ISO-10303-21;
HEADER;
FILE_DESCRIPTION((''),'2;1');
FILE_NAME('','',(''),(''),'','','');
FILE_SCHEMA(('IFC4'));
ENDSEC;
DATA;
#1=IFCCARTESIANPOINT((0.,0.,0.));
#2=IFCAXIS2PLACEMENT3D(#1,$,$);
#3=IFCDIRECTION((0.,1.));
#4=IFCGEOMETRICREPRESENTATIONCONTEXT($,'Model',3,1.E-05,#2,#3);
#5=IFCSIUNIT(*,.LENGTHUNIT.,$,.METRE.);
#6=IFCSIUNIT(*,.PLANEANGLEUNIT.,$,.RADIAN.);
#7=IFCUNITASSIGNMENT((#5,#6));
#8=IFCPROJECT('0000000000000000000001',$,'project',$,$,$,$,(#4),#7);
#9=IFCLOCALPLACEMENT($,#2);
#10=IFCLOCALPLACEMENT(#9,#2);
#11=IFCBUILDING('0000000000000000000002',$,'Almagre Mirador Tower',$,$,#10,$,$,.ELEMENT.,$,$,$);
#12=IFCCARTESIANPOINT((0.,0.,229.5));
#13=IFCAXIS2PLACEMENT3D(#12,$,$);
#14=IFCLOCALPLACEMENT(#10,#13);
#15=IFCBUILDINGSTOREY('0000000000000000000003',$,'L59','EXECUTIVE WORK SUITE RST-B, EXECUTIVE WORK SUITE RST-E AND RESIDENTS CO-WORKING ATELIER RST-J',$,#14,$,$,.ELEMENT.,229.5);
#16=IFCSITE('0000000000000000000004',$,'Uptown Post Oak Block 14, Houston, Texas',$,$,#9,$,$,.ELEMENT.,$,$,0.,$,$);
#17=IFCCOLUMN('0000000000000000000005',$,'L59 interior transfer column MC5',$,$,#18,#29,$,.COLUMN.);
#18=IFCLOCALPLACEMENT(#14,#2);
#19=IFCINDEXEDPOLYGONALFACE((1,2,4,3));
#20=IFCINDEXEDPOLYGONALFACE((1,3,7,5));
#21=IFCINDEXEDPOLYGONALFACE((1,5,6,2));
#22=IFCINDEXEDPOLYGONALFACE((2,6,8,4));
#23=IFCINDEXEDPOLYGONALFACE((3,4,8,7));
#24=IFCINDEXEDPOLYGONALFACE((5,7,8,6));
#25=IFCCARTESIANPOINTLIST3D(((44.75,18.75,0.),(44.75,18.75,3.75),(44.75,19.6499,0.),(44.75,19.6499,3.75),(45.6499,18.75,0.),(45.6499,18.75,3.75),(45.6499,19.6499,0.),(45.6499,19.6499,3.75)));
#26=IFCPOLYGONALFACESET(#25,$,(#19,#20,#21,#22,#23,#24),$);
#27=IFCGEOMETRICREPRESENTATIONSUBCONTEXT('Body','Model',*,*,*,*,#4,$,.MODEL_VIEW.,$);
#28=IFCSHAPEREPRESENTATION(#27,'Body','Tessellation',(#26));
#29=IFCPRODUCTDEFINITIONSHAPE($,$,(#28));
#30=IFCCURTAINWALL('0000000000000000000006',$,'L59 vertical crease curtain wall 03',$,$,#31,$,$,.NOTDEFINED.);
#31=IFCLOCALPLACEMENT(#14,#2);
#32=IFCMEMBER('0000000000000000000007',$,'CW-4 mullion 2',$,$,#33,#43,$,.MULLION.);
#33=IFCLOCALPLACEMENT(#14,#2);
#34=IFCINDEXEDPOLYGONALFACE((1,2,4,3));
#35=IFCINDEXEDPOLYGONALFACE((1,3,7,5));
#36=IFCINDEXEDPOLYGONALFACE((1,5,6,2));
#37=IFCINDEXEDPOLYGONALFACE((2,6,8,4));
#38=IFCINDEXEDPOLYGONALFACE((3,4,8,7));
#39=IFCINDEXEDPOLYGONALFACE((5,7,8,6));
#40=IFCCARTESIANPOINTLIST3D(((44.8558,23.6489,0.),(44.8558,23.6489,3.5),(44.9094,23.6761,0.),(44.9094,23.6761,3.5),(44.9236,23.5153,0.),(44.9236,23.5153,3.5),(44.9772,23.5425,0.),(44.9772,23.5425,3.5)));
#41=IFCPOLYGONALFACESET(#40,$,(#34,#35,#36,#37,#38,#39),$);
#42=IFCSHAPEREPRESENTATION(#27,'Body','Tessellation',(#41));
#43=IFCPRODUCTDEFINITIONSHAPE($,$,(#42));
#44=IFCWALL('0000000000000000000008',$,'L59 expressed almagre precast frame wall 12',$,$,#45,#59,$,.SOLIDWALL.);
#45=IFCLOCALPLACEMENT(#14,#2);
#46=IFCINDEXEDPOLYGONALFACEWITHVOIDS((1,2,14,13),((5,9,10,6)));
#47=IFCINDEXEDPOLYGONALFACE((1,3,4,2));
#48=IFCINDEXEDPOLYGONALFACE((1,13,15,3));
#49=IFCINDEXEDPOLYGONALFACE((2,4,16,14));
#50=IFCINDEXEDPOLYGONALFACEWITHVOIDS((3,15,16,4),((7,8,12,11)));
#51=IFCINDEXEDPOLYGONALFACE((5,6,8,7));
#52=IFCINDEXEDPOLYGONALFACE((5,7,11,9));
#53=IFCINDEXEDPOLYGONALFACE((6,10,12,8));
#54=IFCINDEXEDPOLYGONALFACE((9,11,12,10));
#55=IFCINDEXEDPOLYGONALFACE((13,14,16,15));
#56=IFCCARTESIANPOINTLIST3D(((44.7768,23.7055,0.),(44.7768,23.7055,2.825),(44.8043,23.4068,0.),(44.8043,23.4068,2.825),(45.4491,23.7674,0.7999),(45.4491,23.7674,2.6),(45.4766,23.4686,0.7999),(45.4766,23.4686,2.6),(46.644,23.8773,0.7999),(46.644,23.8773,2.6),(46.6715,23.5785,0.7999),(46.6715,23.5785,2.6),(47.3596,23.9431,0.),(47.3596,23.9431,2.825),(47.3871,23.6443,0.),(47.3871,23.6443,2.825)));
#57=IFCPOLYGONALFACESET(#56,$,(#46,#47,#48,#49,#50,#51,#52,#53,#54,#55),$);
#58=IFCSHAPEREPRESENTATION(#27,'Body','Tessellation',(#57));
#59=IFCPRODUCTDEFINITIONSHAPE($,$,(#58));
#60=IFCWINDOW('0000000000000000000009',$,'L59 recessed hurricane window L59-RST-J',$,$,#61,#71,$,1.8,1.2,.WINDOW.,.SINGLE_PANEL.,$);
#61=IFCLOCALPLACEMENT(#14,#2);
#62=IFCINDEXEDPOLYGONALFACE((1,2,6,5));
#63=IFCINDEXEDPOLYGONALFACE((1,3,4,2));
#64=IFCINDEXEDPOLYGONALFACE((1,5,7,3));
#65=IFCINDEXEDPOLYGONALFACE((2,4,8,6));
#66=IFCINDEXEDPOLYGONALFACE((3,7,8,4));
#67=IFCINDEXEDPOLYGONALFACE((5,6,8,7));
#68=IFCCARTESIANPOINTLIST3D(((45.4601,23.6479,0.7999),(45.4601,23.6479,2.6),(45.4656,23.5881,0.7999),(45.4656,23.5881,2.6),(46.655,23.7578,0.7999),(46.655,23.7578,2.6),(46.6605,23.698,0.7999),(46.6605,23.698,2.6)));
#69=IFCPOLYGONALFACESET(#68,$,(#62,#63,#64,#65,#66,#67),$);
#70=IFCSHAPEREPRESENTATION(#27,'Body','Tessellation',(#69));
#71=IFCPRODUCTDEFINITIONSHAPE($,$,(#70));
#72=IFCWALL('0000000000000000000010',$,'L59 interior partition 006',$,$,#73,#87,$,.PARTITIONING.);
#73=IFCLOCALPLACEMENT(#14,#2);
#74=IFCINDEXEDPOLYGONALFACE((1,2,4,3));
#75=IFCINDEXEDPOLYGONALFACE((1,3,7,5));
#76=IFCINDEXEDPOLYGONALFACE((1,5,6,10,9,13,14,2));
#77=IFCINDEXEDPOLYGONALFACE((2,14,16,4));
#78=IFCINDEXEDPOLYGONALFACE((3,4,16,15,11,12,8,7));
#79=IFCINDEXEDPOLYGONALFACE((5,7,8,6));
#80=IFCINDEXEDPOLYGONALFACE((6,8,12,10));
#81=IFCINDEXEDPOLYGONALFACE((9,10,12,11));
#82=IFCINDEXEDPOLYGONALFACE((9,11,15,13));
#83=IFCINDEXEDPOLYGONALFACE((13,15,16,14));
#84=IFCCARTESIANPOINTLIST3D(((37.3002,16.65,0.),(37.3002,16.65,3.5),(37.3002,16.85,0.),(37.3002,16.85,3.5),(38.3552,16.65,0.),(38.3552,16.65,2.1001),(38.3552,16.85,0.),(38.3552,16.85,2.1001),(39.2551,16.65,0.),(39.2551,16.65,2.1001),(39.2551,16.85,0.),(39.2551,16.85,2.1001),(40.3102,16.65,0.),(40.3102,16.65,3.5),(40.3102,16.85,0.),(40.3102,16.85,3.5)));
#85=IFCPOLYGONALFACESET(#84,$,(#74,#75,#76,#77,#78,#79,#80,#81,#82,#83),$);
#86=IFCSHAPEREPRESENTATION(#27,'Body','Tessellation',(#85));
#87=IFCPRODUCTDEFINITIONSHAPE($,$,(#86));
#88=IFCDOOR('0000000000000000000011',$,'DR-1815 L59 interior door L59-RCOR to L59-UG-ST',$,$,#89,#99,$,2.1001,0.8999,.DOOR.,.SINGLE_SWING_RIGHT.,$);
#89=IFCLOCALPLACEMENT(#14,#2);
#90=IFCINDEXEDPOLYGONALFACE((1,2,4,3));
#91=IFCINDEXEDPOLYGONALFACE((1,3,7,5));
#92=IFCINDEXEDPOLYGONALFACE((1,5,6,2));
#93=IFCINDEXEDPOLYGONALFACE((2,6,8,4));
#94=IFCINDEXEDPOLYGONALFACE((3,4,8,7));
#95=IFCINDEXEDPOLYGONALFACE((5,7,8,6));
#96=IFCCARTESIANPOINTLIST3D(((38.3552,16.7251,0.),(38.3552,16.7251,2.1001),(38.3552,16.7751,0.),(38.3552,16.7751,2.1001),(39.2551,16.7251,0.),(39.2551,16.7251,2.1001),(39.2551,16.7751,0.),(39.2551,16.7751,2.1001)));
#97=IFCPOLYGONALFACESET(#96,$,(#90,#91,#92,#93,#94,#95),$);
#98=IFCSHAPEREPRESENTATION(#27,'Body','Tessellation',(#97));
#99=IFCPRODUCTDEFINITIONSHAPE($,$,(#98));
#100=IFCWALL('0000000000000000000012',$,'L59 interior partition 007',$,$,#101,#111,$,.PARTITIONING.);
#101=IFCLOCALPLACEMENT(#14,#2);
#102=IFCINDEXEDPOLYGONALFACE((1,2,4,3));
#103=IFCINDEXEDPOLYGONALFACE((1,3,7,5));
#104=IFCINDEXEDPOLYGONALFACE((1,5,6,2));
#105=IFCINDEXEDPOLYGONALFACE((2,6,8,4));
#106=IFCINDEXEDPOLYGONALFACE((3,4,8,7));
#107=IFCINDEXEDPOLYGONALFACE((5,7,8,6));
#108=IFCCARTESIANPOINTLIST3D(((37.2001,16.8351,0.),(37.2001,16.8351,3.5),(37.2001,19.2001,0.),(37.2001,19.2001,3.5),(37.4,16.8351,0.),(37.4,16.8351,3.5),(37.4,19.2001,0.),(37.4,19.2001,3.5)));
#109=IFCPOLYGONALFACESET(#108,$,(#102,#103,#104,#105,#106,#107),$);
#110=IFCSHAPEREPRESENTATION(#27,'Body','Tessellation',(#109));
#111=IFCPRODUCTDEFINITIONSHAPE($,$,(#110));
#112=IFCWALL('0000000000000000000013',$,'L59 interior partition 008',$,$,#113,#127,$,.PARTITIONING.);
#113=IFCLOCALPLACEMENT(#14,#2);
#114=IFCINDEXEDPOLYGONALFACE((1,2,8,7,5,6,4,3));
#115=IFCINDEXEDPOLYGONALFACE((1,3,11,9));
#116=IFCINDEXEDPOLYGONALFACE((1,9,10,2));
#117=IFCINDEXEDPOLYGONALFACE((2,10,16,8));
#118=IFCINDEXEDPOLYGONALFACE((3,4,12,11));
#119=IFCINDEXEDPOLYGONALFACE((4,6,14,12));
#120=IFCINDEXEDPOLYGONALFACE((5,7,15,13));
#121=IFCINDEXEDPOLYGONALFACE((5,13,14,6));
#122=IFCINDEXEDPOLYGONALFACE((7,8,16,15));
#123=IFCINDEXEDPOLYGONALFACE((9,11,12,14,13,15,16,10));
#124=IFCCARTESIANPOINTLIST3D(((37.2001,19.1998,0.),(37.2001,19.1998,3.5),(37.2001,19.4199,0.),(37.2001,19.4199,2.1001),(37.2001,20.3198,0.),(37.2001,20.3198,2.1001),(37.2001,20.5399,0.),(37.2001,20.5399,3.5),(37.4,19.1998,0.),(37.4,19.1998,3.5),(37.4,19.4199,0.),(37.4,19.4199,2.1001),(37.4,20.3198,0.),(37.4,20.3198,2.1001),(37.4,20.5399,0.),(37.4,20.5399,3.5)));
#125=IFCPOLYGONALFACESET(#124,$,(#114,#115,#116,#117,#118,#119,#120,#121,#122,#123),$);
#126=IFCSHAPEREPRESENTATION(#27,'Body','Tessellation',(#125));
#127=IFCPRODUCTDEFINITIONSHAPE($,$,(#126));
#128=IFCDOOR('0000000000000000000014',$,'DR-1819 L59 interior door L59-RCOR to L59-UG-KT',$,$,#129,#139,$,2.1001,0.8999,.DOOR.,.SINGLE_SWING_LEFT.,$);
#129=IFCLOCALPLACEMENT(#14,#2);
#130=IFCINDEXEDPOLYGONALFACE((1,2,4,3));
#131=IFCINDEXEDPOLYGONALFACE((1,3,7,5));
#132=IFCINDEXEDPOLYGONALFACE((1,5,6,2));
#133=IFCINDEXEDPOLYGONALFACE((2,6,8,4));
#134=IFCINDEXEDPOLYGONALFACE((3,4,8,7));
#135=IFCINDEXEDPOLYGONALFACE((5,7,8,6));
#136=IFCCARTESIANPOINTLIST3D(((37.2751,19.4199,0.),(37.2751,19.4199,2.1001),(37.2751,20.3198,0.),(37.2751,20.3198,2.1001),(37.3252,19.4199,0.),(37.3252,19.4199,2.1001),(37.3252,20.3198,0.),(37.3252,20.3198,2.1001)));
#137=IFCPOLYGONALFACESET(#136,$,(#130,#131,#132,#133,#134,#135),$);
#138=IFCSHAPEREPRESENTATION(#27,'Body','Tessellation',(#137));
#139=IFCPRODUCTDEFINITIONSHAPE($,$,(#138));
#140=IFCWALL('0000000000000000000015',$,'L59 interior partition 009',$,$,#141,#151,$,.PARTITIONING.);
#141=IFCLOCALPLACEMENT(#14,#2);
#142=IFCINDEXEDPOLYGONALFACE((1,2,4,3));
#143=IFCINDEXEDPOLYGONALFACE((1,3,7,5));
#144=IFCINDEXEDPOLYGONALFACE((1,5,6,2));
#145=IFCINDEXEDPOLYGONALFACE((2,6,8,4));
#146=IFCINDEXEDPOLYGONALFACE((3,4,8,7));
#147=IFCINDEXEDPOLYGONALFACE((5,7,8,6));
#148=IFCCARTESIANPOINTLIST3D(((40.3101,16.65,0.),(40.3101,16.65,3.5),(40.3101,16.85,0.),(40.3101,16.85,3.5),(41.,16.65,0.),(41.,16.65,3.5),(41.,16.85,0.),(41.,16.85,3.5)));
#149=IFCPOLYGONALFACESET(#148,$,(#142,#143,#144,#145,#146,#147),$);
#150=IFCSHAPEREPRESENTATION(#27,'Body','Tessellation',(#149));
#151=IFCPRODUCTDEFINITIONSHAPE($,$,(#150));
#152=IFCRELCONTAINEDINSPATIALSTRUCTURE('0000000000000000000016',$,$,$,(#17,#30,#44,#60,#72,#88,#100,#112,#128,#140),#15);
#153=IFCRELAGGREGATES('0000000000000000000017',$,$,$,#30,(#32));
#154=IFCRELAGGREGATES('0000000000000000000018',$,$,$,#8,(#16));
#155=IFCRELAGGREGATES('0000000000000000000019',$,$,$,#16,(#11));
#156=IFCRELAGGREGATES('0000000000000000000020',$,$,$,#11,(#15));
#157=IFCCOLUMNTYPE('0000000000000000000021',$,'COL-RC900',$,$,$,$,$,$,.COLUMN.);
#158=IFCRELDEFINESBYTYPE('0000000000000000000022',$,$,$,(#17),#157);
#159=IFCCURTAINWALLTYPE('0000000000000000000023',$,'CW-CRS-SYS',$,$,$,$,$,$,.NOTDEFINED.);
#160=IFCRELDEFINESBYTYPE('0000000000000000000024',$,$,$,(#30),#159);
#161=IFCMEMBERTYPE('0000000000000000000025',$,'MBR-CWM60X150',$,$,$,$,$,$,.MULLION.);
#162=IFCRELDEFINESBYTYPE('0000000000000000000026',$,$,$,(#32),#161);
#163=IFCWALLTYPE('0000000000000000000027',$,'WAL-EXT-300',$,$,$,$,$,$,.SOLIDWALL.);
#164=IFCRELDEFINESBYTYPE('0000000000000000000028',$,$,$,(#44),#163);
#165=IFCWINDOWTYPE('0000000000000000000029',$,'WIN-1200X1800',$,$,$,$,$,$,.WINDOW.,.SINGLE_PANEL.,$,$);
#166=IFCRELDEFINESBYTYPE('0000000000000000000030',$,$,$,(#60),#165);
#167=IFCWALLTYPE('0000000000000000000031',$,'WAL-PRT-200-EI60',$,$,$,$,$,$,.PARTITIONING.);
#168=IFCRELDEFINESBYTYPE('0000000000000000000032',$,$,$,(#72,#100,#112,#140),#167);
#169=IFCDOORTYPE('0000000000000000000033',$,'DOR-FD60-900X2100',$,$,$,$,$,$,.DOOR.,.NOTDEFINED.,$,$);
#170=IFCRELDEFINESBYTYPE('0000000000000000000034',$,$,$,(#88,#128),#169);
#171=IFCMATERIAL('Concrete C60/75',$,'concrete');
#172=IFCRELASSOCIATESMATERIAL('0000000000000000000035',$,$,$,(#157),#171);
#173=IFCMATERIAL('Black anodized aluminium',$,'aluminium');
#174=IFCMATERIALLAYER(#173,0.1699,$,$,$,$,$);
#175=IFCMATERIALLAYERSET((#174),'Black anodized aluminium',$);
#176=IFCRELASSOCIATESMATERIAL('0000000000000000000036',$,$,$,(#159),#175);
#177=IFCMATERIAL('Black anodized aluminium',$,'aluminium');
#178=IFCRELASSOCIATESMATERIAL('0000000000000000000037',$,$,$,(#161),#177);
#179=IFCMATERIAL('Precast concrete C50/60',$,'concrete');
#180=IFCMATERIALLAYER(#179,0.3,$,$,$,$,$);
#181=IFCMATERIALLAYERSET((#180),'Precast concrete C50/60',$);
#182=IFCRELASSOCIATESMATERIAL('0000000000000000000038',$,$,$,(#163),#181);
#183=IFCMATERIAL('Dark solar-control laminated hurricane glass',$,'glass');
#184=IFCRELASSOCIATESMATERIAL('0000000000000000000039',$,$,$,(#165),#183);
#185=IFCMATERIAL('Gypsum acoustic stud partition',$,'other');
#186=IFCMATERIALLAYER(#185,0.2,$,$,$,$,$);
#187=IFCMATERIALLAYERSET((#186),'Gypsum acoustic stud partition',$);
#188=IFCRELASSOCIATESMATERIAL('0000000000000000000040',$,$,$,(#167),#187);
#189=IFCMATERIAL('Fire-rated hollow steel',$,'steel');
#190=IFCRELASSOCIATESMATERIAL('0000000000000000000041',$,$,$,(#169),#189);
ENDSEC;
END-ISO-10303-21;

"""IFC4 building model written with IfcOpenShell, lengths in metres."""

from ifc_helpers import new_model, si_unit, direction, frame, frame_2d, origin, origin_2d, place, context, subcontext, project, spatial, rectangle, extrude, material, layer, layer_set, material_profile, profile_set, type_object, element, fill, aggregate, save


model = new_model("IFC4")

# Units and contexts
model_context = context("Model", 3, precision=1e-05, world=origin(), true_north=direction((0.0, 1.0)))
body_context = subcontext(model_context, "Body", "Model", "MODEL_VIEW")
ifc_project = project(units=[si_unit("LENGTHUNIT", "METRE"), si_unit("PLANEANGLEUNIT", "RADIAN")], contexts=[model_context])

# Site, building, storey
site_placement = place(None, origin())
site = spatial("IfcSite", under=ifc_project, at=site_placement, Name="Uptown Post Oak Block 14, Houston, Texas", CompositionType="ELEMENT", RefElevation=0.0)
building_placement = place(site_placement, origin())
building = spatial("IfcBuilding", under=site, at=building_placement, Name="Almagre Mirador Tower", CompositionType="ELEMENT")
storey_placement = place(building_placement, frame((0.0, 0.0, 229.5)))
storey = spatial("IfcBuildingStorey", under=building, at=storey_placement, Name="L59", Description="EXECUTIVE WORK SUITE RST-B, EXECUTIVE WORK SUITE RST-E AND RESIDENTS CO-WORKING ATELIER RST-J", CompositionType="ELEMENT", Elevation=229.5)

# Column
ifc_material_1 = material(Name="Concrete C60/75", Category="concrete")
ifc_material_profile_1 = material_profile(ifc_material_1, rectangle(XDim=0.8999, YDim=0.8999, at=origin_2d()), Name="RC900X900")
ifc_profile_set_1 = profile_set([ifc_material_profile_1], Name="Concrete C60/75")
column_type = type_object("IfcColumnType", Name="COL-RC900", PredefinedType="COLUMN", material=ifc_profile_set_1)
column_placement = place(storey_placement, frame((45.2, 19.2, 0.0), z_axis=(0.0, 0.0, 1.0), x_axis=(1.0, 0.0, 0.0)))
element("IfcColumn", 1, at=column_placement, inside=storey, type_object=column_type, Name="L59 interior transfer column MC5", PredefinedType="COLUMN", context=body_context, shape_type="SweptSolid", body=[
    extrude(rectangle(XDim=0.8999, YDim=0.8999, at=origin_2d()), origin(), (0.0, 0.0, 1.0), 3.75),
])

# Curtain wall, member
ifc_material_2 = material(Name="Black anodized aluminium", Category="aluminium")
ifc_layer_1 = layer(ifc_material_2, 0.1699)
ifc_layer_set_1 = layer_set([ifc_layer_1], Name="Black anodized aluminium")
curtain_wall_type = type_object("IfcCurtainWallType", Name="CW-CRS-SYS", PredefinedType="NOTDEFINED", material=ifc_layer_set_1)
curtain_wall_placement = place(storey_placement, origin())
curtain_wall = element("IfcCurtainWall", 2, at=curtain_wall_placement, inside=storey, type_object=curtain_wall_type, Name="L59 vertical crease curtain wall 03", PredefinedType="NOTDEFINED")
ifc_material_3 = material(Name="Black anodized aluminium", Category="aluminium")
ifc_material_profile_2 = material_profile(ifc_material_3, rectangle(XDim=0.0601, YDim=0.1499, at=origin_2d()), Name="CWM60X150")
ifc_profile_set_2 = profile_set([ifc_material_profile_2], Name="Black anodized aluminium")
member_type = type_object("IfcMemberType", Name="MBR-CWM60X150", PredefinedType="MULLION", material=ifc_profile_set_2)
member_placement = place(storey_placement, frame((44.9165, 23.5957, 0.0), z_axis=(0.0, 0.0, 1.0), x_axis=(0.891732, 0.452564, 0.0)))
member = element("IfcMember", 3, at=member_placement, type_object=member_type, Name="CW-4 mullion 2", PredefinedType="MULLION", context=body_context, shape_type="SweptSolid", body=[
    extrude(rectangle(XDim=0.0601, YDim=0.1499, at=origin_2d()), origin(), (0.0, 0.0, 1.0), 3.5),
])
aggregate(curtain_wall, [member])

# Wall, opening, window
ifc_material_4 = material(Name="Precast concrete C50/60", Category="concrete")
ifc_layer_2 = layer(ifc_material_4, 0.3)
ifc_layer_set_2 = layer_set([ifc_layer_2], Name="Precast concrete C50/60")
wall_type_1 = type_object("IfcWallType", Name="WAL-EXT-300", PredefinedType="SOLIDWALL", material=ifc_layer_set_2)
wall_1_placement = place(storey_placement, frame((44.7905, 23.5562, 0.0), z_axis=(0.0, 0.0, 1.0), x_axis=(0.995797, 0.091588, 0.0)))
wall_1 = element("IfcWall", 4, at=wall_1_placement, inside=storey, type_object=wall_type_1, Name="L59 expressed almagre precast frame wall 12", PredefinedType="SOLIDWALL", context=body_context, shape_type="SweptSolid", body=[
    extrude(rectangle(XDim=2.5938, YDim=0.3, at=frame_2d((1.2969, 0.0))), origin(), (0.0, 0.0, 1.0), 2.825),
])
opening_1_placement = place(wall_1_placement, frame((0.675, 0.0, 0.8)))
opening_1 = element("IfcOpeningElement", 5, at=opening_1_placement, cuts=wall_1, PredefinedType="OPENING", context=body_context, shape_type="SweptSolid", body=[
    extrude(rectangle(XDim=1.2, YDim=1.8, at=frame_2d((0.6001, 0.8999))), frame((0.0, 0.1599, 0.0), z_axis=(0.0, -1.0, 0.0), x_axis=(1.0, 0.0, 0.0)), (0.0, 0.0, 1.0), 0.32),
])
ifc_material_5 = material(Name="Dark solar-control laminated hurricane glass", Category="glass")
window_type = type_object("IfcWindowType", Name="WIN-1200X1800", PartitioningType="SINGLE_PANEL", PredefinedType="WINDOW", material=ifc_material_5)
window_placement = place(opening_1_placement, origin())
window = element("IfcWindow", 6, at=window_placement, inside=storey, type_object=window_type, Name="L59 recessed hurricane window L59-RST-J", OverallHeight=1.8, OverallWidth=1.2, PartitioningType="SINGLE_PANEL", PredefinedType="WINDOW", context=body_context, shape_type="SweptSolid", body=[
    extrude(rectangle(XDim=1.2, YDim=1.8, at=frame_2d((0.6001, 0.8999))), frame((0.0, 0.03, 0.0), z_axis=(0.0, -1.0, 0.0), x_axis=(1.0, 0.0, 0.0)), (0.0, 0.0, 1.0), 0.0601),
])
fill(opening_1, window)

# Wall, opening, door
ifc_material_6 = material(Name="Gypsum acoustic stud partition", Category="other")
ifc_layer_3 = layer(ifc_material_6, 0.2)
ifc_layer_set_3 = layer_set([ifc_layer_3], Name="Gypsum acoustic stud partition")
wall_type_2 = type_object("IfcWallType", Name="WAL-PRT-200-EI60", PredefinedType="PARTITIONING", material=ifc_layer_set_3)
wall_2_placement = place(storey_placement, frame((40.3101, 16.75, 0.0), z_axis=(0.0, 0.0, 1.0), x_axis=(-1.0, 0.0, 0.0)))
wall_2 = element("IfcWall", 7, at=wall_2_placement, inside=storey, type_object=wall_type_2, Name="L59 interior partition 006", PredefinedType="PARTITIONING", context=body_context, shape_type="SweptSolid", body=[
    extrude(rectangle(XDim=3.01, YDim=0.2, at=frame_2d((1.5049, 0.0))), origin(), (0.0, 0.0, 1.0), 3.5),
])
opening_2_placement = place(wall_2_placement, frame((1.0549, 0.0, 0.0)))
opening_2 = element("IfcOpeningElement", 8, at=opening_2_placement, cuts=wall_2, PredefinedType="OPENING", context=body_context, shape_type="SweptSolid", body=[
    extrude(rectangle(XDim=0.8999, YDim=2.1001, at=frame_2d((0.45, 1.05))), frame((0.0, 0.1101, 0.0), z_axis=(0.0, -1.0, 0.0), x_axis=(1.0, 0.0, 0.0)), (0.0, 0.0, 1.0), 0.22),
])
ifc_material_7 = material(Name="Fire-rated hollow steel", Category="steel")
door_type_1 = type_object("IfcDoorType", Name="DOR-FD60-900X2100", OperationType="NOTDEFINED", PredefinedType="DOOR", material=ifc_material_7)
door_1_placement = place(opening_2_placement, origin())
door_1 = element("IfcDoor", 9, at=door_1_placement, inside=storey, type_object=door_type_1, Name="DR-1815 L59 interior door L59-RCOR to L59-UG-ST", OperationType="SINGLE_SWING_RIGHT", OverallHeight=2.1001, OverallWidth=0.8999, PredefinedType="DOOR", context=body_context, shape_type="SweptSolid", body=[
    extrude(rectangle(XDim=0.8999, YDim=2.1001, at=frame_2d((0.45, 1.05))), frame((0.0, 0.0249, 0.0), z_axis=(0.0, -1.0, 0.0), x_axis=(1.0, 0.0, 0.0)), (0.0, 0.0, 1.0), 0.05),
])
fill(opening_2, door_1)

# Wall
wall_3_placement = place(storey_placement, frame((37.3, 16.835, 0.0), z_axis=(0.0, 0.0, 1.0), x_axis=(0.0, 1.0, 0.0)))
element("IfcWall", 10, at=wall_3_placement, inside=storey, type_object=wall_type_2, Name="L59 interior partition 007", PredefinedType="PARTITIONING", context=body_context, shape_type="SweptSolid", body=[
    extrude(rectangle(XDim=2.365, YDim=0.2, at=frame_2d((1.1826, 0.0))), origin(), (0.0, 0.0, 1.0), 3.5),
])

# Wall, opening, door
wall_4_placement = place(storey_placement, frame((37.3, 19.2, 0.0), z_axis=(0.0, 0.0, 1.0), x_axis=(0.0, 1.0, 0.0)))
wall_4 = element("IfcWall", 11, at=wall_4_placement, inside=storey, type_object=wall_type_2, Name="L59 interior partition 008", PredefinedType="PARTITIONING", context=body_context, shape_type="SweptSolid", body=[
    extrude(rectangle(XDim=1.3401, YDim=0.2, at=frame_2d((0.6699, 0.0))), origin(), (0.0, 0.0, 1.0), 3.5),
])
opening_3_placement = place(wall_4_placement, frame((0.22, 0.0, 0.0)))
opening_3 = element("IfcOpeningElement", 12, at=opening_3_placement, cuts=wall_4, PredefinedType="OPENING", context=body_context, shape_type="SweptSolid", body=[
    extrude(rectangle(XDim=0.8999, YDim=2.1001, at=frame_2d((0.45, 1.05))), frame((0.0, 0.1101, 0.0), z_axis=(0.0, -1.0, 0.0), x_axis=(1.0, 0.0, 0.0)), (0.0, 0.0, 1.0), 0.22),
])
door_2_placement = place(opening_3_placement, origin())
door_2 = element("IfcDoor", 13, at=door_2_placement, inside=storey, type_object=door_type_1, Name="DR-1819 L59 interior door L59-RCOR to L59-UG-KT", OperationType="SINGLE_SWING_LEFT", OverallHeight=2.1001, OverallWidth=0.8999, PredefinedType="DOOR", context=body_context, shape_type="SweptSolid", body=[
    extrude(rectangle(XDim=0.8999, YDim=2.1001, at=frame_2d((0.45, 1.05))), frame((0.0, 0.0249, 0.0), z_axis=(0.0, -1.0, 0.0), x_axis=(1.0, 0.0, 0.0)), (0.0, 0.0, 1.0), 0.05),
])
fill(opening_3, door_2)

# Wall
wall_5_placement = place(storey_placement, frame((41.0, 16.75, 0.0), z_axis=(0.0, 0.0, 1.0), x_axis=(-1.0, 0.0, 0.0)))
element("IfcWall", 14, at=wall_5_placement, inside=storey, type_object=wall_type_2, Name="L59 interior partition 009", PredefinedType="PARTITIONING", context=body_context, shape_type="SweptSolid", body=[
    extrude(rectangle(XDim=0.6899, YDim=0.2, at=frame_2d((0.345, 0.0))), origin(), (0.0, 0.0, 1.0), 3.5),
])

save(model, "model.ifc")
